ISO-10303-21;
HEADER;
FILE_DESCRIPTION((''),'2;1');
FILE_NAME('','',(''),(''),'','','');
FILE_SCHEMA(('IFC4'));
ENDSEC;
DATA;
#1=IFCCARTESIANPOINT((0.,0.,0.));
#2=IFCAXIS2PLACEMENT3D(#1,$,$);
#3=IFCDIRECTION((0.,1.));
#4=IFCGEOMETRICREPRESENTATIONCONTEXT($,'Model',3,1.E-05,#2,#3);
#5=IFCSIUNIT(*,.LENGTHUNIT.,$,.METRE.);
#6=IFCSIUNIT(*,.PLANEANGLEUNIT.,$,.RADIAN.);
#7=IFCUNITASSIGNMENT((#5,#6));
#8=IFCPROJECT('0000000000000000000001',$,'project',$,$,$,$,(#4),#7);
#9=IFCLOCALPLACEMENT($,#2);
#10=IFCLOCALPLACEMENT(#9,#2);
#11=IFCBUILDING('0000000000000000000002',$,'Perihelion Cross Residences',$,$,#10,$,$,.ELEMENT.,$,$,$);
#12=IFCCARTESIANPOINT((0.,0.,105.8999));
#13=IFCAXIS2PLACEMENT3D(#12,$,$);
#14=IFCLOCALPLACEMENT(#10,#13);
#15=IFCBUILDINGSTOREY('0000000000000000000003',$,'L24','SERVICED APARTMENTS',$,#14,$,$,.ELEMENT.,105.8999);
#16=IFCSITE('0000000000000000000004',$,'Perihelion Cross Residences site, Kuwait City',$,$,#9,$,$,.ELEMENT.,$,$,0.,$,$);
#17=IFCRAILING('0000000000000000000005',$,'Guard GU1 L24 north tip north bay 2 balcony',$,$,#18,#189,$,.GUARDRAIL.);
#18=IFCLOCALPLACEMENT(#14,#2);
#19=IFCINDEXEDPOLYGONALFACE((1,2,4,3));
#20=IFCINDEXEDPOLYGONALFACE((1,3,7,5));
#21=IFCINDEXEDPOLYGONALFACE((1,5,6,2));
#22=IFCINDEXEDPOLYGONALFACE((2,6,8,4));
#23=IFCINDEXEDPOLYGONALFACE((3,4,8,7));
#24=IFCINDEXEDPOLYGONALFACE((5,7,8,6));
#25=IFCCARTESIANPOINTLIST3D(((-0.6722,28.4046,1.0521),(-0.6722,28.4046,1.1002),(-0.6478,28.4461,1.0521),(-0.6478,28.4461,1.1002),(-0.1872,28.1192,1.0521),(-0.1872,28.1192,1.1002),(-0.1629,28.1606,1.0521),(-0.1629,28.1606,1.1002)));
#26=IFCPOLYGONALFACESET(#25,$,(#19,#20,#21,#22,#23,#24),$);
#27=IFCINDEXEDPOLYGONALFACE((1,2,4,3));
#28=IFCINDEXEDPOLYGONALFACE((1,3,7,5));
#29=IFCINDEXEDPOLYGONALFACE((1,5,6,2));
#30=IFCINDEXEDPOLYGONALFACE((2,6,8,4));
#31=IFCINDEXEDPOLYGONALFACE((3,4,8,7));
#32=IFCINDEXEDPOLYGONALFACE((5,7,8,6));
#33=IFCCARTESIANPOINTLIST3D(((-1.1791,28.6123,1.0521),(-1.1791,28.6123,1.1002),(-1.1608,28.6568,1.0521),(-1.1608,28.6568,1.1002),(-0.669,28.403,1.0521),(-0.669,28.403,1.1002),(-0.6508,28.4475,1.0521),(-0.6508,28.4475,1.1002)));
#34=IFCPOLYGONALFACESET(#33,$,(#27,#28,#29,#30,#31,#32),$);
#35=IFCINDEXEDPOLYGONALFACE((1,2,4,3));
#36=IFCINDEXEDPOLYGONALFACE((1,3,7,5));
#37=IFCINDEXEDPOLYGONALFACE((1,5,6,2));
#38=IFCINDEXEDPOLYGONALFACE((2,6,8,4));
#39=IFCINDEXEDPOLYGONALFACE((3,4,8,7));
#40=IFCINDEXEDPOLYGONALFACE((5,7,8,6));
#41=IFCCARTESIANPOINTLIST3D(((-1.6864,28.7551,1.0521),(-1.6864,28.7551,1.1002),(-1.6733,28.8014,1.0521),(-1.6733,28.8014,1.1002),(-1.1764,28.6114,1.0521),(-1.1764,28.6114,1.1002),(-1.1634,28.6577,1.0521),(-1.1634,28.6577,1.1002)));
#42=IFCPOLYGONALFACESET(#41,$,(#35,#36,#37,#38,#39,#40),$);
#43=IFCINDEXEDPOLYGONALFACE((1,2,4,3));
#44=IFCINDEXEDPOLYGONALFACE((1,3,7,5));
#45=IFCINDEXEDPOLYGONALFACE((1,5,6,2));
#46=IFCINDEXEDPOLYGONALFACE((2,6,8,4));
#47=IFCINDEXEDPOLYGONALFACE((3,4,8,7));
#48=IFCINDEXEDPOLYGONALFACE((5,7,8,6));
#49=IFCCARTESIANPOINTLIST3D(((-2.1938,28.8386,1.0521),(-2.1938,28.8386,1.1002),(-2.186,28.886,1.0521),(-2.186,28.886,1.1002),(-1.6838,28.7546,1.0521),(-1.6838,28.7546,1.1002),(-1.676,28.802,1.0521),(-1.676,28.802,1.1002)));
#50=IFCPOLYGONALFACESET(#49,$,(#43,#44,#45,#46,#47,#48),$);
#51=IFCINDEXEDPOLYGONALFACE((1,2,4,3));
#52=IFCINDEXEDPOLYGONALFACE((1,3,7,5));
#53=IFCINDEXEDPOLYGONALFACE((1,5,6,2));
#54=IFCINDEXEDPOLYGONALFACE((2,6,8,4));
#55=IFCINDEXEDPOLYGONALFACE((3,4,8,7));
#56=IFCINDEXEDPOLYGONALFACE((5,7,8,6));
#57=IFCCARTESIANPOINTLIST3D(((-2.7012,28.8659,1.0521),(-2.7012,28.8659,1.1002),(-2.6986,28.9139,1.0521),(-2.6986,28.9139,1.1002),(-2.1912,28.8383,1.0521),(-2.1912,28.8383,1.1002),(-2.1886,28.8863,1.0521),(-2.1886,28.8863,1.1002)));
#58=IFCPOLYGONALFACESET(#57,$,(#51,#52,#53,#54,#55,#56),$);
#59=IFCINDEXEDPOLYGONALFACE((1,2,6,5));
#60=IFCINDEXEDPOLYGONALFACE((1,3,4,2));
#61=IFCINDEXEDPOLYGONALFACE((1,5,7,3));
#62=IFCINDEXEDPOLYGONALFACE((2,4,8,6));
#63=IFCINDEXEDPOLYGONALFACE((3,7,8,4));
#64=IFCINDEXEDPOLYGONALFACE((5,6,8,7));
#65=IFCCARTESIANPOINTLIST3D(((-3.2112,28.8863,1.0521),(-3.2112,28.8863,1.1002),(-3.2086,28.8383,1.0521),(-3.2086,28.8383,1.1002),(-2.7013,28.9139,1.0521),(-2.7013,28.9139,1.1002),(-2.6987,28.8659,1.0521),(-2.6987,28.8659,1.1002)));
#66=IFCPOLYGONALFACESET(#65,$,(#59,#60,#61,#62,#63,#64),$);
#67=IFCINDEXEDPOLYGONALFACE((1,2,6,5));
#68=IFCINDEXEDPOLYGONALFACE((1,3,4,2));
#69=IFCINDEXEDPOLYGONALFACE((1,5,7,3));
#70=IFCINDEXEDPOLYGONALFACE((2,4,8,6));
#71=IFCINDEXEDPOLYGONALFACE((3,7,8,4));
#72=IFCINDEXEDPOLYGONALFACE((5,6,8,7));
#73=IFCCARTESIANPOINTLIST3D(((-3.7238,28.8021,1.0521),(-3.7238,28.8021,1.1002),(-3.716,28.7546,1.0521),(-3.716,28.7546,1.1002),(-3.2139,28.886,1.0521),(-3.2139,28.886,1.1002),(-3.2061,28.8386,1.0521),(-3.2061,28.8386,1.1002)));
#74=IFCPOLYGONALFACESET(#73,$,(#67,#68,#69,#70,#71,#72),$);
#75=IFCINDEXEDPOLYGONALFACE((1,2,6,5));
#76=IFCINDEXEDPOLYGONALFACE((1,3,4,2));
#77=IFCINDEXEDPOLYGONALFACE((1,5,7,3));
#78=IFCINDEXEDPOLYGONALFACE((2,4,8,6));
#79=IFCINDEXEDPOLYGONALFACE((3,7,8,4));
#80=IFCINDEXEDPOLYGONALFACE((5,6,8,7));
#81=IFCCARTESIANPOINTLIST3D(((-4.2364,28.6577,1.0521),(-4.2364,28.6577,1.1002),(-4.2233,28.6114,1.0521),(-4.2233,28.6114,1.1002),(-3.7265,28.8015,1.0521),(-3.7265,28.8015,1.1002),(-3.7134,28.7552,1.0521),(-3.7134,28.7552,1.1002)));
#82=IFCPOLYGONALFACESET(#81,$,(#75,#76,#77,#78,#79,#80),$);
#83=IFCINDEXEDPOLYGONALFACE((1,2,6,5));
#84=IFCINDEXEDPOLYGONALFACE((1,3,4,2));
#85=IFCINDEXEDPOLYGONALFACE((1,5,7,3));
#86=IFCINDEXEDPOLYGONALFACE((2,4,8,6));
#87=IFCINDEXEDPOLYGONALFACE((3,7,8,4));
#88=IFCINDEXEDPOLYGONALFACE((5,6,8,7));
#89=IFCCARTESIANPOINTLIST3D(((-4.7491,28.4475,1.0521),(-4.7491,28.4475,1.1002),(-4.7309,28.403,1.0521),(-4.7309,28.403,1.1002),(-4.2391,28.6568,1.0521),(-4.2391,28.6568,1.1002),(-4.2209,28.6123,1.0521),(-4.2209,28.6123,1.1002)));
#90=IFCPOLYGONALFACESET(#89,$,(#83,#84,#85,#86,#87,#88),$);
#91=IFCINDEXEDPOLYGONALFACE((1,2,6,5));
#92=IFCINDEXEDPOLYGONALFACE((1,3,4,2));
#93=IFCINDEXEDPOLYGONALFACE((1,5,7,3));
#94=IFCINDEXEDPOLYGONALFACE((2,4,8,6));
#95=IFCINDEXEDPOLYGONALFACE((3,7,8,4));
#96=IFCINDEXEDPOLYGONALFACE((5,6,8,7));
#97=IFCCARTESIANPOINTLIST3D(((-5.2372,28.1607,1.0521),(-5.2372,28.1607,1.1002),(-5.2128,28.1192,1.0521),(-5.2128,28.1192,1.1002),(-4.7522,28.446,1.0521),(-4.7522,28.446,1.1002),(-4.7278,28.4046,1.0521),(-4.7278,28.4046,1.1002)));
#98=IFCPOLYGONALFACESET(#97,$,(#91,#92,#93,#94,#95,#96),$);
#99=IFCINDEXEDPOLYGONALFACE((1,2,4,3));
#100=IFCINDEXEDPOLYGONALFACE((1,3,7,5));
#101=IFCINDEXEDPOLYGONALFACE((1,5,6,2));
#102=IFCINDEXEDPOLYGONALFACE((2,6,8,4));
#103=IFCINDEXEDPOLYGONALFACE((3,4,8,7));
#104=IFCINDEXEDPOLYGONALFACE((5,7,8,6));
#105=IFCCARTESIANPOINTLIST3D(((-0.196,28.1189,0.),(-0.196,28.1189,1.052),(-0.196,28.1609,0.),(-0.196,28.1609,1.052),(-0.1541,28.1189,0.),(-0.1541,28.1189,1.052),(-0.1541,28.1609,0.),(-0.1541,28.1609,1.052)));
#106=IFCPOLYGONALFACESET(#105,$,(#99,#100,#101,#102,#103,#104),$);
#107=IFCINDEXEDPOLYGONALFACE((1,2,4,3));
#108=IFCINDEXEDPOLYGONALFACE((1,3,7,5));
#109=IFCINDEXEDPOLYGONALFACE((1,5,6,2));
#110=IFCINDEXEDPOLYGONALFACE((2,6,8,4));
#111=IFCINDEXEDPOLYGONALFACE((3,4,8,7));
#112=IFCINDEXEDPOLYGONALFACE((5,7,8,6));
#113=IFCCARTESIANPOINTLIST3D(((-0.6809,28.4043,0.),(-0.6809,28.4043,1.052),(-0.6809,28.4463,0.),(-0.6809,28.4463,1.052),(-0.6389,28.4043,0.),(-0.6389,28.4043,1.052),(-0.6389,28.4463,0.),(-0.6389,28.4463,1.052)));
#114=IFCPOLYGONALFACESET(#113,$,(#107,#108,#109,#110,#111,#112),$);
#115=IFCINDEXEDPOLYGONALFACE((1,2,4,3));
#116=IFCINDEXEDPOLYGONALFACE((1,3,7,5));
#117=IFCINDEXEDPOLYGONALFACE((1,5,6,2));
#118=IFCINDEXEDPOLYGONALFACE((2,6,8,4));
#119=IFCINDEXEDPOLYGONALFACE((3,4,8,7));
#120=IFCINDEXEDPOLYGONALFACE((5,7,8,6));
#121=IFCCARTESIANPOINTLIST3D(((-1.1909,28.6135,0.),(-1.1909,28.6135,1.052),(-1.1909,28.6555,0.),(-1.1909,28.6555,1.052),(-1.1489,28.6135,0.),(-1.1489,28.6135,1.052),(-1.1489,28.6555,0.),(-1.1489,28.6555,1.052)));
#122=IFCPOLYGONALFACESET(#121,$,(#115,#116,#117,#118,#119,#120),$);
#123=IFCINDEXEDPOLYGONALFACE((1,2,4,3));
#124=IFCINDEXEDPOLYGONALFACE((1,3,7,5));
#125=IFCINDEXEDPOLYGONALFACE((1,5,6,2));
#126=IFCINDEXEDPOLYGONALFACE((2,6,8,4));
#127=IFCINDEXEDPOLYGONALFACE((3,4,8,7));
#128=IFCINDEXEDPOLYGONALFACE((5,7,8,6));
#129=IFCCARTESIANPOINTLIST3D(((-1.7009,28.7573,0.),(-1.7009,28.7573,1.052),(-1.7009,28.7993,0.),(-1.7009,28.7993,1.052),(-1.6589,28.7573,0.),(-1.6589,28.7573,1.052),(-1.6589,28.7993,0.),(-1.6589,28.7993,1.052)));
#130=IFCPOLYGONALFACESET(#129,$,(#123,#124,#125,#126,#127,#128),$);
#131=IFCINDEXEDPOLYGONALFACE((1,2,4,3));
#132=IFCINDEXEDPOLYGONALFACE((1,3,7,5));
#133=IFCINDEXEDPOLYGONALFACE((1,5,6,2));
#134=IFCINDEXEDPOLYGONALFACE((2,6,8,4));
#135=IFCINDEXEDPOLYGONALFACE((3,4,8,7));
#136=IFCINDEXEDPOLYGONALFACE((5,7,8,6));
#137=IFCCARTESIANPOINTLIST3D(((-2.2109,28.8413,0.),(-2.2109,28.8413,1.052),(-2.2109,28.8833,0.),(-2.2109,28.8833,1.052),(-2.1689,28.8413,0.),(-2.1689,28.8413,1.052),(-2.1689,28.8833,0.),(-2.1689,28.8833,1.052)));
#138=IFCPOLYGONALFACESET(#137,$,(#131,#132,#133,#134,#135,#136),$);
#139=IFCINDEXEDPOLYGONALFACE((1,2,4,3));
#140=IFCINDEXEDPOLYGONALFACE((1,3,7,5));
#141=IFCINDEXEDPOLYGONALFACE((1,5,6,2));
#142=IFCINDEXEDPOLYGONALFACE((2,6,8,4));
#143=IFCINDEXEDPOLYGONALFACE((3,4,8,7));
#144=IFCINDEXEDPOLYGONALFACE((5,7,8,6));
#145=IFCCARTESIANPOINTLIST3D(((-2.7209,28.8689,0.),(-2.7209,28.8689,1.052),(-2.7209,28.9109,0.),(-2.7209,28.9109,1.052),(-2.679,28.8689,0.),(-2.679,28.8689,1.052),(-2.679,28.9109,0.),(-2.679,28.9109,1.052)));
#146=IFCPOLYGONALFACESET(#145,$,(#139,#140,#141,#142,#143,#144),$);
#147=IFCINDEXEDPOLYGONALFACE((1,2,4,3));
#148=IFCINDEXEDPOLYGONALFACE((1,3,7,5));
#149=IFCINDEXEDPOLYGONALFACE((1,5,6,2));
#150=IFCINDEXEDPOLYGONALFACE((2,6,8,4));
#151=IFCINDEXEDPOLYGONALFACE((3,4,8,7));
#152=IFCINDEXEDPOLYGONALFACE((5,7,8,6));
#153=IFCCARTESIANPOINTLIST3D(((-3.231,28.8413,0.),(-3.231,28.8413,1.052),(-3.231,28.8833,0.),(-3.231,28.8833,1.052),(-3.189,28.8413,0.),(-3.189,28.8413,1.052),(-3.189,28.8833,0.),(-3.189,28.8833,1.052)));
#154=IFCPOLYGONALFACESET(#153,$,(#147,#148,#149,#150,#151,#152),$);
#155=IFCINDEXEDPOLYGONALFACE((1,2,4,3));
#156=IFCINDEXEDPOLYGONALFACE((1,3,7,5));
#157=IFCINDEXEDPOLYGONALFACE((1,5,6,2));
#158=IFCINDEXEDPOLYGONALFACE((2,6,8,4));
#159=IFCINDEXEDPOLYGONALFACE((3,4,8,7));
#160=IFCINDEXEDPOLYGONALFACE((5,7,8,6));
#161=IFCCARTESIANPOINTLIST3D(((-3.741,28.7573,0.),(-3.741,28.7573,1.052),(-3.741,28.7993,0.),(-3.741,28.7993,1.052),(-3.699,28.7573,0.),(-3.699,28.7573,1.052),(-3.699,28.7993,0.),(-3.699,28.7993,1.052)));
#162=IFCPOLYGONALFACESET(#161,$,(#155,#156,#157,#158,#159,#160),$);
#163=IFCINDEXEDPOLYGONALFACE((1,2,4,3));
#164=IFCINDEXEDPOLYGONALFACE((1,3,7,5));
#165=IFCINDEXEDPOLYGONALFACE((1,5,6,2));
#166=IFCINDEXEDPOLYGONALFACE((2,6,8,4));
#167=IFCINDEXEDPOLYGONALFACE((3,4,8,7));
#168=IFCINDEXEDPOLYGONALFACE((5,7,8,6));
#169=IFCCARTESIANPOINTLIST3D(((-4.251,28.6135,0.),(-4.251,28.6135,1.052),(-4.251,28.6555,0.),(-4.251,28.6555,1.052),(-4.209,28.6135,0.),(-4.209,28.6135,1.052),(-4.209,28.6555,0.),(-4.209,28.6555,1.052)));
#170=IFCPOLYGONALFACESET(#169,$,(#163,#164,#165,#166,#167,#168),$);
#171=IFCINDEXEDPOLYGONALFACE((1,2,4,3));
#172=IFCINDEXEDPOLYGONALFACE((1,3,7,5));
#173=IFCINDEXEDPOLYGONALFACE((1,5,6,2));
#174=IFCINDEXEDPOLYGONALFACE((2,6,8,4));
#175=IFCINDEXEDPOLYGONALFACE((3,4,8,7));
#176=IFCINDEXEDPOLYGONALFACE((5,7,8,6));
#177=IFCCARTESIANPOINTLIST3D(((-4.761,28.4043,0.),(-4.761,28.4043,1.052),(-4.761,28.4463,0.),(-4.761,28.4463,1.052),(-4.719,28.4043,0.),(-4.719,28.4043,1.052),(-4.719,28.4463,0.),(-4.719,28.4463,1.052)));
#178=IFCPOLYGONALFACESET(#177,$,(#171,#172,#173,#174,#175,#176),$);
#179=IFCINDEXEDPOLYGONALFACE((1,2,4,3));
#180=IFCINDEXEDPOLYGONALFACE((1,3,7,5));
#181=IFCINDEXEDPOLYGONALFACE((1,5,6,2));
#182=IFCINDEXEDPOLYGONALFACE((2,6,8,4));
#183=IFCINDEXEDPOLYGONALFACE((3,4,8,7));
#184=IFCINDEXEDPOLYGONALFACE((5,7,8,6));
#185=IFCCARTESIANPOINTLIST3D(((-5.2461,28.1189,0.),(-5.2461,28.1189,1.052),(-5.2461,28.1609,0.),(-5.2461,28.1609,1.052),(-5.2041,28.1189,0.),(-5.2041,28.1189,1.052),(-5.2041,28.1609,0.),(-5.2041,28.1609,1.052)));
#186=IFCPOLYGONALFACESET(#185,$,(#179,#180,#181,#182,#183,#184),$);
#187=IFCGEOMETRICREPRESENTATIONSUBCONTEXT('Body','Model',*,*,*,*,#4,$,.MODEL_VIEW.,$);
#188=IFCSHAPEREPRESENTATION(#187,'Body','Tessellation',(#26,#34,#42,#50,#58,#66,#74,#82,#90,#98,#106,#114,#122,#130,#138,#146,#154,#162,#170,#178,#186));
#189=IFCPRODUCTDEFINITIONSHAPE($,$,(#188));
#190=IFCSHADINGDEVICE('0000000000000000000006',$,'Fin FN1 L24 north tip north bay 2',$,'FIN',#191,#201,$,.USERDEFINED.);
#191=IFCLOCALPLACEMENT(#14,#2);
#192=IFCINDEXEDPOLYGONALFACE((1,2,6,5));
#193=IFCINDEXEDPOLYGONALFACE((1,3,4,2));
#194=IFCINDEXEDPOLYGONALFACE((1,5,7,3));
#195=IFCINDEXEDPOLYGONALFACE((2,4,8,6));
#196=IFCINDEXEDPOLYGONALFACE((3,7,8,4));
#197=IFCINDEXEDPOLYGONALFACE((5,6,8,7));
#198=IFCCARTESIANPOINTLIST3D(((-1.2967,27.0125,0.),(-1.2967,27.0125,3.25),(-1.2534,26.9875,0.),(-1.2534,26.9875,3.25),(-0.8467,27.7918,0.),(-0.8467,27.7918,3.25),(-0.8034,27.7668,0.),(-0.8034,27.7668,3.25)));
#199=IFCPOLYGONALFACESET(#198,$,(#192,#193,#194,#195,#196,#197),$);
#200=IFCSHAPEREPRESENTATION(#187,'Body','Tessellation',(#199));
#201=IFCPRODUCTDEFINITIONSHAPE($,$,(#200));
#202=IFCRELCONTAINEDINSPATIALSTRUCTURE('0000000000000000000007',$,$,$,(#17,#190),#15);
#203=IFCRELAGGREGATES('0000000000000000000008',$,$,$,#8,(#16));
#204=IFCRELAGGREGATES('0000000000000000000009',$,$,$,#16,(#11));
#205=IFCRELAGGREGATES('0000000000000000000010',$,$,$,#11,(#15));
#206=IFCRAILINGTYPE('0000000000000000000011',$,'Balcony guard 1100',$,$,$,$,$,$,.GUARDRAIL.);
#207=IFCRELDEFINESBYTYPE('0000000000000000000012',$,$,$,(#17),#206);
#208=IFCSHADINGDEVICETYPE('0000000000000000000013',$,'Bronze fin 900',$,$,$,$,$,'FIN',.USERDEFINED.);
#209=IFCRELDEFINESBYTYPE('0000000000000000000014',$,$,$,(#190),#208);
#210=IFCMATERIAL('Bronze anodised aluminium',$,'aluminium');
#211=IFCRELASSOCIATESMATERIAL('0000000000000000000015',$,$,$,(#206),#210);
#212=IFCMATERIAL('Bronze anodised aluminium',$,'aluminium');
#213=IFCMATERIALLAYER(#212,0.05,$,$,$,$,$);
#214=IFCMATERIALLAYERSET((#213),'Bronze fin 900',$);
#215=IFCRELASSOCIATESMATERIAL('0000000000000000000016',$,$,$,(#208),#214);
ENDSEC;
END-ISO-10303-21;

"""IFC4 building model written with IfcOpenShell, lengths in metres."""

from ifc_helpers import new_model, si_unit, direction, frame, origin, origin_2d, place, context, subcontext, project, spatial, rectangle, extrude, material, layer, layer_set, type_object, element, save


model = new_model("IFC4")

# Units and contexts
model_context = context("Model", 3, precision=1e-05, world=origin(), true_north=direction((0.0, 1.0)))
body_context = subcontext(model_context, "Body", "Model", "MODEL_VIEW")
ifc_project = project(units=[si_unit("LENGTHUNIT", "METRE"), si_unit("PLANEANGLEUNIT", "RADIAN")], contexts=[model_context])

# Site, building, storey
site_placement = place(None, origin())
site = spatial("IfcSite", under=ifc_project, at=site_placement, Name="Perihelion Cross Residences site, Kuwait City", CompositionType="ELEMENT", RefElevation=0.0)
building_placement = place(site_placement, origin())
building = spatial("IfcBuilding", under=site, at=building_placement, Name="Perihelion Cross Residences", CompositionType="ELEMENT")
storey_placement = place(building_placement, frame((0.0, 0.0, 105.8999)))
storey = spatial("IfcBuildingStorey", under=building, at=storey_placement, Name="L24", Description="SERVICED APARTMENTS", CompositionType="ELEMENT", Elevation=105.8999)

# Railing
ifc_material_1 = material(Name="Bronze anodised aluminium", Category="aluminium")
railing_type = type_object("IfcRailingType", Name="Balcony guard 1100", PredefinedType="GUARDRAIL", material=ifc_material_1)
railing_placement = place(storey_placement, frame((-0.175, 28.1399, 0.0)))
element("IfcRailing", 1, at=railing_placement, inside=storey, type_object=railing_type, Name="Guard GU1 L24 north tip north bay 2 balcony", PredefinedType="GUARDRAIL", context=body_context, shape_type="SweptSolid", body=[
    extrude(rectangle(XDim=0.0481, YDim=0.0481, at=origin_2d()), frame((0.0, 0.0, 1.0762), z_axis=(-0.861789, 0.507267, 0.0), x_axis=(-0.507267, -0.861789, 0.0)), (0.0, 0.0, 1.0), 0.5627),
    extrude(rectangle(XDim=0.0481, YDim=0.0481, at=origin_2d()), frame((-0.4849, 0.2854, 1.0762), z_axis=(-0.925173, 0.379547, 0.0), x_axis=(-0.379547, -0.925173, 0.0)), (0.0, 0.0, 1.0), 0.5513),
    extrude(rectangle(XDim=0.0481, YDim=0.0481, at=origin_2d()), frame((-0.9949, 0.4946, 1.0762), z_axis=(-0.962474, 0.271373, 0.0), x_axis=(-0.271373, -0.962474, 0.0)), (0.0, 0.0, 1.0), 0.5298),
    extrude(rectangle(XDim=0.0481, YDim=0.0481, at=origin_2d()), frame((-1.5049, 0.6384, 1.0762), z_axis=(-0.986711, 0.162484, 0.0), x_axis=(-0.162484, -0.986711, 0.0)), (0.0, 0.0, 1.0), 0.5168),
    extrude(rectangle(XDim=0.0481, YDim=0.0481, at=origin_2d()), frame((-2.0149, 0.7224, 1.0762), z_axis=(-0.99854, 0.054014, 0.0), x_axis=(-0.054014, -0.99854, 0.0)), (0.0, 0.0, 1.0), 0.5107),
    extrude(rectangle(XDim=0.0481, YDim=0.0481, at=origin_2d()), frame((-2.5249, 0.75, 1.0762), z_axis=(-0.99854, -0.054014, 0.0), x_axis=(0.054014, -0.99854, 0.0)), (0.0, 0.0, 1.0), 0.5107),
    extrude(rectangle(XDim=0.0481, YDim=0.0481, at=origin_2d()), frame((-3.0349, 0.7224, 1.0762), z_axis=(-0.986711, -0.162484, 0.0), x_axis=(0.162484, -0.986711, 0.0)), (0.0, 0.0, 1.0), 0.5168),
    extrude(rectangle(XDim=0.0481, YDim=0.0481, at=origin_2d()), frame((-3.5449, 0.6384, 1.0762), z_axis=(-0.962474, -0.271373, 0.0), x_axis=(0.271373, -0.962474, 0.0)), (0.0, 0.0, 1.0), 0.5298),
    extrude(rectangle(XDim=0.0481, YDim=0.0481, at=origin_2d()), frame((-4.0549, 0.4946, 1.0762), z_axis=(-0.925173, -0.379547, 0.0), x_axis=(0.379547, -0.925173, 0.0)), (0.0, 0.0, 1.0), 0.5513),
    extrude(rectangle(XDim=0.0481, YDim=0.0481, at=origin_2d()), frame((-4.5649, 0.2854, 1.0762), z_axis=(-0.861901, -0.507077, 0.0), x_axis=(0.507077, -0.861901, 0.0)), (0.0, 0.0, 1.0), 0.5627),
    extrude(rectangle(XDim=0.042, YDim=0.042, at=origin_2d()), origin(), (0.0, 0.0, 1.0), 1.052),
    extrude(rectangle(XDim=0.042, YDim=0.042, at=origin_2d()), frame((-0.4849, 0.2854, 0.0)), (0.0, 0.0, 1.0), 1.052),
    extrude(rectangle(XDim=0.042, YDim=0.042, at=origin_2d()), frame((-0.9949, 0.4946, 0.0)), (0.0, 0.0, 1.0), 1.052),
    extrude(rectangle(XDim=0.042, YDim=0.042, at=origin_2d()), frame((-1.5049, 0.6384, 0.0)), (0.0, 0.0, 1.0), 1.052),
    extrude(rectangle(XDim=0.042, YDim=0.042, at=origin_2d()), frame((-2.0149, 0.7224, 0.0)), (0.0, 0.0, 1.0), 1.052),
    extrude(rectangle(XDim=0.042, YDim=0.042, at=origin_2d()), frame((-2.5249, 0.75, 0.0)), (0.0, 0.0, 1.0), 1.052),
    extrude(rectangle(XDim=0.042, YDim=0.042, at=origin_2d()), frame((-3.0349, 0.7224, 0.0)), (0.0, 0.0, 1.0), 1.052),
    extrude(rectangle(XDim=0.042, YDim=0.042, at=origin_2d()), frame((-3.5449, 0.6384, 0.0)), (0.0, 0.0, 1.0), 1.052),
    extrude(rectangle(XDim=0.042, YDim=0.042, at=origin_2d()), frame((-4.0549, 0.4946, 0.0)), (0.0, 0.0, 1.0), 1.052),
    extrude(rectangle(XDim=0.042, YDim=0.042, at=origin_2d()), frame((-4.5649, 0.2854, 0.0)), (0.0, 0.0, 1.0), 1.052),
    extrude(rectangle(XDim=0.042, YDim=0.042, at=origin_2d()), frame((-5.05, 0.0, 0.0)), (0.0, 0.0, 1.0), 1.052),
])

# Shading device
ifc_material_2 = material(Name="Bronze anodised aluminium", Category="aluminium")
ifc_layer_1 = layer(ifc_material_2, 0.05)
ifc_layer_set_1 = layer_set([ifc_layer_1], Name="Bronze fin 900")
shading_device_type = type_object("IfcShadingDeviceType", Name="Bronze fin 900", ElementType="FIN", PredefinedType="USERDEFINED", material=ifc_layer_set_1)
shading_device_placement = place(storey_placement, frame((-1.05, 27.3896, 0.0), z_axis=(0.0, 0.0, 1.0), x_axis=(0.5, 0.866025, 0.0)))
element("IfcShadingDevice", 2, at=shading_device_placement, inside=storey, type_object=shading_device_type, Name="Fin FN1 L24 north tip north bay 2", ObjectType="FIN", PredefinedType="USERDEFINED", context=body_context, shape_type="SweptSolid", body=[
    extrude(rectangle(XDim=0.8999, YDim=0.05, at=origin_2d()), origin(), (0.0, 0.0, 1.0), 3.25),
])

save(model, "model.ifc")
